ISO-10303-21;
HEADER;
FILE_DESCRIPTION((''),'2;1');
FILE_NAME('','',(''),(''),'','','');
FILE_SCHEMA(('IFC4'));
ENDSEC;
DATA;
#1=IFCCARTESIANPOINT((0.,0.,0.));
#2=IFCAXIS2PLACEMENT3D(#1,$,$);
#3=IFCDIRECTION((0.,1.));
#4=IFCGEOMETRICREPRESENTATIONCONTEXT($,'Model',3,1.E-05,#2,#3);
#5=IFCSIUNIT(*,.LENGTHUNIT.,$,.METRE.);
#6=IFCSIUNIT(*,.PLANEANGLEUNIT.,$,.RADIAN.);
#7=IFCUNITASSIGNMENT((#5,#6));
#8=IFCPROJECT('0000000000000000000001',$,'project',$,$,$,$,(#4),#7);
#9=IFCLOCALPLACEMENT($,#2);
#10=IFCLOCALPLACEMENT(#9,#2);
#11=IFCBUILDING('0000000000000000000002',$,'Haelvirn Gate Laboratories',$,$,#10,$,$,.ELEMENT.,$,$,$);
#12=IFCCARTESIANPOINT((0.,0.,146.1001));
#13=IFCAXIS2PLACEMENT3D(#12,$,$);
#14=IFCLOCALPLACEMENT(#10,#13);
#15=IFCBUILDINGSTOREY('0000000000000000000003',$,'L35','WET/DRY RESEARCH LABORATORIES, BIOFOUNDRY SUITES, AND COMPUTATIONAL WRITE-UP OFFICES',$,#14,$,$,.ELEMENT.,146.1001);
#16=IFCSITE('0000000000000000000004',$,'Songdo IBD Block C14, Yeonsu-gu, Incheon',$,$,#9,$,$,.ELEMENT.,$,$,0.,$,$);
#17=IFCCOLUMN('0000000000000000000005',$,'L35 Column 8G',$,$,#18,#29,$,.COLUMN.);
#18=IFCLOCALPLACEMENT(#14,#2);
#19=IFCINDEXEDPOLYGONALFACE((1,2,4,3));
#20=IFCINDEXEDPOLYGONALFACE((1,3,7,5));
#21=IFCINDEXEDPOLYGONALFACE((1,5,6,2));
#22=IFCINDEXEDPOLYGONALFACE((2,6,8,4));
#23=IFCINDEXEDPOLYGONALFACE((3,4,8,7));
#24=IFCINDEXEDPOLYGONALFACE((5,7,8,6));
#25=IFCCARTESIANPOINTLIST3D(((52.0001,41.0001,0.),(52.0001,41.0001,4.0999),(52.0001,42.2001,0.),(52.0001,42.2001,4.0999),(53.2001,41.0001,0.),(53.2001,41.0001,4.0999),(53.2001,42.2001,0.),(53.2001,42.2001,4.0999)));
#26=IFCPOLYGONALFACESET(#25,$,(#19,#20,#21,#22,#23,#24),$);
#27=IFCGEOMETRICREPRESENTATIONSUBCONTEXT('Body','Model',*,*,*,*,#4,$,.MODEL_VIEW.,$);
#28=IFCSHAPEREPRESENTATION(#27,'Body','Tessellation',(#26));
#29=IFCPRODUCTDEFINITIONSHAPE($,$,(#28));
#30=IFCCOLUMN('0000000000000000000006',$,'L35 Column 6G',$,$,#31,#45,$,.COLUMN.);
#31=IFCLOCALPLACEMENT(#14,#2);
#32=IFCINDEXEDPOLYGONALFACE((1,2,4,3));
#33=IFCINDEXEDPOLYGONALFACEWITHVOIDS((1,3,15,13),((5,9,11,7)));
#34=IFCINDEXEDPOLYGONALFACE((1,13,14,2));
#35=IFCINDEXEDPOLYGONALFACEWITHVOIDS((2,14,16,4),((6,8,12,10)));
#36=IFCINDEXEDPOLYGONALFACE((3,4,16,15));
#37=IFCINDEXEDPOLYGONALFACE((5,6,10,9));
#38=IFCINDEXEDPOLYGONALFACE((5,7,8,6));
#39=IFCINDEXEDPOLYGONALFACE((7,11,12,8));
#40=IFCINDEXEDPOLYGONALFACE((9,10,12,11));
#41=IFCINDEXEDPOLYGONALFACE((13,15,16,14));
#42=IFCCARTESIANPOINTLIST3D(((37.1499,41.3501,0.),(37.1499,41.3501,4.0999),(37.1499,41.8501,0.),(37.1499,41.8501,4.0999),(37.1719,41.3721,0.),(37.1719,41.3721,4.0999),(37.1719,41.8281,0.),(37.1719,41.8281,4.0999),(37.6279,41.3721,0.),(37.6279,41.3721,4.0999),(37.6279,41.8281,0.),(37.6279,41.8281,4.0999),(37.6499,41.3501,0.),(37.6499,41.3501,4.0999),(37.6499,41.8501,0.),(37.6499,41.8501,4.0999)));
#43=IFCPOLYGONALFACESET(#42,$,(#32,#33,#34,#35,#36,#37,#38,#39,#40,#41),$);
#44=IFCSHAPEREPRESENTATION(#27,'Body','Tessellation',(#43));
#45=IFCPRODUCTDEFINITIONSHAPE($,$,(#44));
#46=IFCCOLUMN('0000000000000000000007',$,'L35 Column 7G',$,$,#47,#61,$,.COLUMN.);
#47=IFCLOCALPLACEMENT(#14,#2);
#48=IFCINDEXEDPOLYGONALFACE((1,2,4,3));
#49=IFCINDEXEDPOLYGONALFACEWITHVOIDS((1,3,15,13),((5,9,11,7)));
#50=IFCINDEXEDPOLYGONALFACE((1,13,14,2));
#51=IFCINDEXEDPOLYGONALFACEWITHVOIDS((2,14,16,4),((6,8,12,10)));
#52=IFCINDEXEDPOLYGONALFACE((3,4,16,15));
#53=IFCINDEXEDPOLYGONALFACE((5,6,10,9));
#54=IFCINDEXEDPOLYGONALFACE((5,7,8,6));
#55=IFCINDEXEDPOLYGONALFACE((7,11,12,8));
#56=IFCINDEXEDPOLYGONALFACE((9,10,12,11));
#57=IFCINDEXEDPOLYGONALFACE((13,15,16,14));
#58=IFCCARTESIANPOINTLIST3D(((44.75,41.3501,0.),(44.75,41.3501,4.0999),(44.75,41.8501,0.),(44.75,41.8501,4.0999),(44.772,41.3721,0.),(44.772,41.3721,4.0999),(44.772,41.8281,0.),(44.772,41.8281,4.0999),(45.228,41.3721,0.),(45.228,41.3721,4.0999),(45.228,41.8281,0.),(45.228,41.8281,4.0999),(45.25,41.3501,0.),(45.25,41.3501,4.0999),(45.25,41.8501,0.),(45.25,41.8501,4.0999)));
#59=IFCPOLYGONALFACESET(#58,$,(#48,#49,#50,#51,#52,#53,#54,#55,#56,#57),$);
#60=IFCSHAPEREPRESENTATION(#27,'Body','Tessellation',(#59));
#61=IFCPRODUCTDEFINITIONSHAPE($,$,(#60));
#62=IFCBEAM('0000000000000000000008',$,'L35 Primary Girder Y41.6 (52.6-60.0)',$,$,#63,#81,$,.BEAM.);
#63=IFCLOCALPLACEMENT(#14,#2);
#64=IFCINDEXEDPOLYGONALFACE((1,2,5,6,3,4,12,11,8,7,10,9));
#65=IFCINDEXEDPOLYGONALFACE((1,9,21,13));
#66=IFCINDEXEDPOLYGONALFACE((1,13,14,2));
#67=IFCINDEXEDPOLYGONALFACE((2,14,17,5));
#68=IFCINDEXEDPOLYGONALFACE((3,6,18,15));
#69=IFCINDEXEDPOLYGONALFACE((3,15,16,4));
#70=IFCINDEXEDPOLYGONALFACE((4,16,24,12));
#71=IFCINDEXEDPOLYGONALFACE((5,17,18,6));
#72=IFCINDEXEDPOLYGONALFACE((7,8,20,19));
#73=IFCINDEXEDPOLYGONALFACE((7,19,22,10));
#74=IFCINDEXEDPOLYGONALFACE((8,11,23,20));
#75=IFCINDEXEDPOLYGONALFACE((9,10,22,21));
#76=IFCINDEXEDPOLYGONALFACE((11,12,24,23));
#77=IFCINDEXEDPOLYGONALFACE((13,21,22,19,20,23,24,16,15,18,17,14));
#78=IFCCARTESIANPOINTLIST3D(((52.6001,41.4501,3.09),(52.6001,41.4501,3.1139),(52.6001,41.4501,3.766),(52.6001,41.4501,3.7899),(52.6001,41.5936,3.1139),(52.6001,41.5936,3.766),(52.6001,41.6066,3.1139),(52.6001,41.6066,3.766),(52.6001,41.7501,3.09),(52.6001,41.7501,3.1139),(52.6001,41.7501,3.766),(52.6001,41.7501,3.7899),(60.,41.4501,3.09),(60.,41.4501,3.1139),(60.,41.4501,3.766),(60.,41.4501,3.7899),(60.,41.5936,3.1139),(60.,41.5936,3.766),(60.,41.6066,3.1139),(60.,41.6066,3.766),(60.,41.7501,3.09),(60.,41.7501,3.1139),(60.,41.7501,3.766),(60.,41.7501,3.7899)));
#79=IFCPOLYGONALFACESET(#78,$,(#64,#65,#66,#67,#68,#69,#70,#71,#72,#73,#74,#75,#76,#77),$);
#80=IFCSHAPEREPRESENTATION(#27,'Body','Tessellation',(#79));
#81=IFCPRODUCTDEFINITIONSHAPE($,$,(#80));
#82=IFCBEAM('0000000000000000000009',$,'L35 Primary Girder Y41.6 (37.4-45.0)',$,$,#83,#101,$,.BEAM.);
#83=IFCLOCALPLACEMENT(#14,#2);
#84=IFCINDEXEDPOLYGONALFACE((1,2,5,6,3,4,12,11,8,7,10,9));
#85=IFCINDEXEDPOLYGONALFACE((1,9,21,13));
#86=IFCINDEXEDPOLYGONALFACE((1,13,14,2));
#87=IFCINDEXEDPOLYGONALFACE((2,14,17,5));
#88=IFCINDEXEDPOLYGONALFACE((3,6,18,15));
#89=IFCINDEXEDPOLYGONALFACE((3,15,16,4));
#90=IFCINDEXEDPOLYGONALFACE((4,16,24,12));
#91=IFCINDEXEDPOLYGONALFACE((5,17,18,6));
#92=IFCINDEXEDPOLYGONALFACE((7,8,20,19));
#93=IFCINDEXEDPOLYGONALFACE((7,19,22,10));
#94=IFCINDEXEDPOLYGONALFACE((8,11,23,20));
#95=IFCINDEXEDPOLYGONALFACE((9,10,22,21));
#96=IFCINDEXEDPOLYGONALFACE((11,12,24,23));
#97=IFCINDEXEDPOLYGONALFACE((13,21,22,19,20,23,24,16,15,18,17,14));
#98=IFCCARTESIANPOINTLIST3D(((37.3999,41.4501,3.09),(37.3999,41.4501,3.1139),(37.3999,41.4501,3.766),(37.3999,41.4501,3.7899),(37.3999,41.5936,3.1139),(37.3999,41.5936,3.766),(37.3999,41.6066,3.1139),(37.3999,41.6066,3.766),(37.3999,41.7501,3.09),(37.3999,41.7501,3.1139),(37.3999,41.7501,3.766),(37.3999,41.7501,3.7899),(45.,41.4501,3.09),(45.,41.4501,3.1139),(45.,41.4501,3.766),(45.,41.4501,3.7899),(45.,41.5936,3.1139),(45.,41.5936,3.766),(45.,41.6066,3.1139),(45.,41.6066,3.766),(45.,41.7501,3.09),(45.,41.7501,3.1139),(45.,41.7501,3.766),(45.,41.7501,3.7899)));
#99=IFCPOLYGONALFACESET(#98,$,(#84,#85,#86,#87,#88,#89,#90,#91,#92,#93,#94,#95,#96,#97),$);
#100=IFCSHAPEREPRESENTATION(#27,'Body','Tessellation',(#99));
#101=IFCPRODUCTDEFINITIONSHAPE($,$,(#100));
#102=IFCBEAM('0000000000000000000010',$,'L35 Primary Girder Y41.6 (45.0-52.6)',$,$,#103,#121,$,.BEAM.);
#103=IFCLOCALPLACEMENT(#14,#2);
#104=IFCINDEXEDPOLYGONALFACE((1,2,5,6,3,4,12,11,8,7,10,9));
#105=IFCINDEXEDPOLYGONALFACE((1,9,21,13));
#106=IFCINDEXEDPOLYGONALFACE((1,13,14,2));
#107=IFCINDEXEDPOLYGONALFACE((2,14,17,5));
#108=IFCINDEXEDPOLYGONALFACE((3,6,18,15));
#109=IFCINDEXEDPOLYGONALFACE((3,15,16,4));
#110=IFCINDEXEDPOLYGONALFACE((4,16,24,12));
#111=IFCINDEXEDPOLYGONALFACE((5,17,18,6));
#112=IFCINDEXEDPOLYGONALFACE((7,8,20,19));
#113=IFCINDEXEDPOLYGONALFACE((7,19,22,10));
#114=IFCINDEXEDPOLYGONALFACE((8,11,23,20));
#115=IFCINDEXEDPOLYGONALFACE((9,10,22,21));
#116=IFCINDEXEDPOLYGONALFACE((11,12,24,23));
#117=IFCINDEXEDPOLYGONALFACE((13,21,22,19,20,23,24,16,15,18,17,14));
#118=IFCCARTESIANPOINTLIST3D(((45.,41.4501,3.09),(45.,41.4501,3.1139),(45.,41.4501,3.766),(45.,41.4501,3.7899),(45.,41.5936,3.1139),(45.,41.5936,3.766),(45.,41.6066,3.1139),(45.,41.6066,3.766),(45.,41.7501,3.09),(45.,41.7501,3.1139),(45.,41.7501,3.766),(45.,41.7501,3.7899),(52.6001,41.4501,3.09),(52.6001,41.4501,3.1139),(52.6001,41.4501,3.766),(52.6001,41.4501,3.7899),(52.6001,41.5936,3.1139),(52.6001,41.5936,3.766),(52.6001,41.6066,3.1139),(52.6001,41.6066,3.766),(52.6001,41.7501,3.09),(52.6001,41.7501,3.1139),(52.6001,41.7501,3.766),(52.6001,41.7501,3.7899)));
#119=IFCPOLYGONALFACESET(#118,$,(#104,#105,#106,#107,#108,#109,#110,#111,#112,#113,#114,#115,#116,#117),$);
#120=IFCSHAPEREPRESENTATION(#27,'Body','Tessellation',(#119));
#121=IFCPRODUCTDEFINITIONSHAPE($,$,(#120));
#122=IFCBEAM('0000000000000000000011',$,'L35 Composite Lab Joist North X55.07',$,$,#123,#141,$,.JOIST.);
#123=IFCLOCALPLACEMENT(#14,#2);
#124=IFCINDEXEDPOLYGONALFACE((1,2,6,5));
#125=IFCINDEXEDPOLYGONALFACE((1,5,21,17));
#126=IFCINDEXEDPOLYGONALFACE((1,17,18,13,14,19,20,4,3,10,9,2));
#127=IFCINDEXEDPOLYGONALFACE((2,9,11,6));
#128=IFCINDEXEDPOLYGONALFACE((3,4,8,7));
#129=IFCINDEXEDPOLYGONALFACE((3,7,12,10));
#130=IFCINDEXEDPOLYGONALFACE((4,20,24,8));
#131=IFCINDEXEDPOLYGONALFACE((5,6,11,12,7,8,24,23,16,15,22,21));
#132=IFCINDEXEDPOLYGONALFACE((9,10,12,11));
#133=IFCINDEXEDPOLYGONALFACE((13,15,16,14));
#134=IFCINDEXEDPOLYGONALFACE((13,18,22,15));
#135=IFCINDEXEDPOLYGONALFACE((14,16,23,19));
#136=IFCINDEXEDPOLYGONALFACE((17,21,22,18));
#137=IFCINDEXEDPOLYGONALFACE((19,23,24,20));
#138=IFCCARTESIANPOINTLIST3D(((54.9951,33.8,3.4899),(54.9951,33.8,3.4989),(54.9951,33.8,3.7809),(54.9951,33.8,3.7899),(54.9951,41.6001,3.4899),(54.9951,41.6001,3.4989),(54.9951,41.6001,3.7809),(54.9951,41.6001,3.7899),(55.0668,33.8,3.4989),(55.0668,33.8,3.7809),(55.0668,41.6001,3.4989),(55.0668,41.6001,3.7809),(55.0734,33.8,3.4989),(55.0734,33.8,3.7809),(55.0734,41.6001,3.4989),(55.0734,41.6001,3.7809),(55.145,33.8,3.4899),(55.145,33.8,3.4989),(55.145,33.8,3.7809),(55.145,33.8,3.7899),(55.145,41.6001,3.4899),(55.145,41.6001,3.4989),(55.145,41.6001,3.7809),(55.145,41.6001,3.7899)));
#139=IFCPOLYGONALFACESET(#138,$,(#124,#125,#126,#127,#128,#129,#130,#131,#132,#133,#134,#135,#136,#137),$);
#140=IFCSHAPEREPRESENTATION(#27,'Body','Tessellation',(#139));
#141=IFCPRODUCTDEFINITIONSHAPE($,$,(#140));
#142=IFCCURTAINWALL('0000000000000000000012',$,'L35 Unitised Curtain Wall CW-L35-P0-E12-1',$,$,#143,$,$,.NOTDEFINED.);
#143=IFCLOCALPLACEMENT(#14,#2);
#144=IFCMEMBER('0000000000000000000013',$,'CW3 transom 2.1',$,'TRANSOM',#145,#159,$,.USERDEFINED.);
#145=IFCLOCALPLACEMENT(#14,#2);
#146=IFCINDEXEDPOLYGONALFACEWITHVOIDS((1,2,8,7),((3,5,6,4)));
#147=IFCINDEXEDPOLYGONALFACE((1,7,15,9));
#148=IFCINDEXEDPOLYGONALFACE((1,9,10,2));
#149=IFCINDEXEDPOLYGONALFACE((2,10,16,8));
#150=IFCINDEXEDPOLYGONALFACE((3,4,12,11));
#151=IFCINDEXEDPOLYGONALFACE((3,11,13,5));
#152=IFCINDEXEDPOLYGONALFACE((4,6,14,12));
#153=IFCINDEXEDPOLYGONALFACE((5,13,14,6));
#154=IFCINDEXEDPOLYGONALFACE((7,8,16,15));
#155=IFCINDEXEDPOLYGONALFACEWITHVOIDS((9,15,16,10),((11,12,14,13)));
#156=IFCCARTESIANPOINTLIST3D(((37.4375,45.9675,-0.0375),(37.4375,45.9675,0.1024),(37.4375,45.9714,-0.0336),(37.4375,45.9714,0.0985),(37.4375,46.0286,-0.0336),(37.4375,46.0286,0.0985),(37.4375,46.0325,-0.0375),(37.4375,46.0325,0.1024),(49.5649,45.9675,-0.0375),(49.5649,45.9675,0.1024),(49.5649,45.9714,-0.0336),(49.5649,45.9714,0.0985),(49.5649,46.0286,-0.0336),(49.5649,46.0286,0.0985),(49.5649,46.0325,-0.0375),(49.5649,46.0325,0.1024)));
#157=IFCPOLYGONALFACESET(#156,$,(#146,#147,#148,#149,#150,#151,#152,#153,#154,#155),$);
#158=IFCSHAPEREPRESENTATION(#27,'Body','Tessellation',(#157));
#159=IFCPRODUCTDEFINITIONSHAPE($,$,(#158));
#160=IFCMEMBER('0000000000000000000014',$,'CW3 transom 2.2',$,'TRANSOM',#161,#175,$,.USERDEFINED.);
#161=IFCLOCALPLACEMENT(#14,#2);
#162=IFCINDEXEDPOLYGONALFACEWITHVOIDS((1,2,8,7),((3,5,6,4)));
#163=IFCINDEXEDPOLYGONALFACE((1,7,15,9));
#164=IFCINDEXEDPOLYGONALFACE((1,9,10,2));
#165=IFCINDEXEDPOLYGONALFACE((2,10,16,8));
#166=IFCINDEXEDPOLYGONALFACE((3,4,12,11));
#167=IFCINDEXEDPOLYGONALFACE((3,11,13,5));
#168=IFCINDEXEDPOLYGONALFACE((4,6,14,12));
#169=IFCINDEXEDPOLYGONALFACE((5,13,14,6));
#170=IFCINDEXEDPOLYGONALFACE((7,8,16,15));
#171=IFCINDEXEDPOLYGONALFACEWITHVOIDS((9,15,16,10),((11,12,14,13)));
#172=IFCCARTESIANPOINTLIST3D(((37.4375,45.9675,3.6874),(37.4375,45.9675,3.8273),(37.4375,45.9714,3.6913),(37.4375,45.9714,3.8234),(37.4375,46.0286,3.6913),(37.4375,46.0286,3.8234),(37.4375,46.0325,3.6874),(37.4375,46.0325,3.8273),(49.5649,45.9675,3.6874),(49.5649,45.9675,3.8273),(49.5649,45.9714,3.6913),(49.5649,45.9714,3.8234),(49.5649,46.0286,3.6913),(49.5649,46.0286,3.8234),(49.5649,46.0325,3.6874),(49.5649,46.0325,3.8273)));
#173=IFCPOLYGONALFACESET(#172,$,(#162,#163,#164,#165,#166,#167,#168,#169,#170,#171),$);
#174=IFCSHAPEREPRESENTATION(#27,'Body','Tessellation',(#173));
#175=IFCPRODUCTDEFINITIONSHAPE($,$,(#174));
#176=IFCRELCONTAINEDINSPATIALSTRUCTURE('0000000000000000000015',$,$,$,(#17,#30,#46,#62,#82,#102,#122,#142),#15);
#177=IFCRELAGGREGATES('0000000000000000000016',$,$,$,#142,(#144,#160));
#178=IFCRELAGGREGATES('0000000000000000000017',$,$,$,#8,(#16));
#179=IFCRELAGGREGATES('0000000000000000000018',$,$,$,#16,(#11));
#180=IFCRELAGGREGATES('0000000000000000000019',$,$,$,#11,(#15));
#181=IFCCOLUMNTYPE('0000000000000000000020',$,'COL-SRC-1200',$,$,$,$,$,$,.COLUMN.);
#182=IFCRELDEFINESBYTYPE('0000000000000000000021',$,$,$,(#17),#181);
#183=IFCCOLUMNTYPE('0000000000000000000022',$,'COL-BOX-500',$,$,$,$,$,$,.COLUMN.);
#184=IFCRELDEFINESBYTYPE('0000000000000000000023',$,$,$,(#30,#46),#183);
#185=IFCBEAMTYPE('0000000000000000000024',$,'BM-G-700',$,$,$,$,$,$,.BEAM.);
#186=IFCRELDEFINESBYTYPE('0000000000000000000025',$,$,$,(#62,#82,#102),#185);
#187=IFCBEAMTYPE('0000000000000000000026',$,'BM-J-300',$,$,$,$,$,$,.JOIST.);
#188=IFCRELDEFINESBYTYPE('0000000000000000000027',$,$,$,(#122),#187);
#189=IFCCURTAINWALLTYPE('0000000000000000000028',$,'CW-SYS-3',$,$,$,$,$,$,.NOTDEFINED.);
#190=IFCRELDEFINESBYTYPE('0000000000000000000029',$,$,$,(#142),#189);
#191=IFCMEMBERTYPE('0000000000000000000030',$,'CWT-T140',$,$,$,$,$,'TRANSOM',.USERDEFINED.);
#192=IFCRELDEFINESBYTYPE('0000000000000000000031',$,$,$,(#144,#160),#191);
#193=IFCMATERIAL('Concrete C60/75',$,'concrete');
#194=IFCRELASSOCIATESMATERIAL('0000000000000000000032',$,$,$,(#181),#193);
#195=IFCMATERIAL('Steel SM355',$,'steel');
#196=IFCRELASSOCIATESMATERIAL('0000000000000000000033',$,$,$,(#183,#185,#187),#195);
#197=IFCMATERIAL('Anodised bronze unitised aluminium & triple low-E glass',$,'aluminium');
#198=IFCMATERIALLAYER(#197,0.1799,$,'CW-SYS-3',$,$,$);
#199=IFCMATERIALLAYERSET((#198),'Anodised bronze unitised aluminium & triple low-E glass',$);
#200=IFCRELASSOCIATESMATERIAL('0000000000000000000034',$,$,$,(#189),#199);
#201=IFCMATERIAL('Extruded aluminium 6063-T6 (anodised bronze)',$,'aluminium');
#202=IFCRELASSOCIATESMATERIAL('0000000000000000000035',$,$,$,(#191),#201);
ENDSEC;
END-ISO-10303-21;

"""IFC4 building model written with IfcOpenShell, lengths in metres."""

from ifc_helpers import new_model, si_unit, direction, frame, origin, origin_2d, place, context, subcontext, project, spatial, rectangle, hollow_rectangle, i_section, extrude, source, transform, mapped, material, layer, layer_set, material_profile, profile_set, type_object, type_shapes, element, aggregate, save


model = new_model("IFC4")

# Units and contexts
model_context = context("Model", 3, precision=1e-05, world=origin(), true_north=direction((0.0, 1.0)))
body_context = subcontext(model_context, "Body", "Model", "MODEL_VIEW")
ifc_project = project(units=[si_unit("LENGTHUNIT", "METRE"), si_unit("PLANEANGLEUNIT", "RADIAN")], contexts=[model_context])

# Site, building, storey
site_placement = place(None, origin())
site = spatial("IfcSite", under=ifc_project, at=site_placement, Name="Songdo IBD Block C14, Yeonsu-gu, Incheon", CompositionType="ELEMENT", RefElevation=0.0)
building_placement = place(site_placement, origin())
building = spatial("IfcBuilding", under=site, at=building_placement, Name="Haelvirn Gate Laboratories", CompositionType="ELEMENT")
storey_placement = place(building_placement, frame((0.0, 0.0, 146.1001)))
storey = spatial("IfcBuildingStorey", under=building, at=storey_placement, Name="L35", Description="WET/DRY RESEARCH LABORATORIES, BIOFOUNDRY SUITES, AND COMPUTATIONAL WRITE-UP OFFICES", CompositionType="ELEMENT", Elevation=146.1001)

# Columns
ifc_material_1 = material(Name="Concrete C60/75", Category="concrete")
ifc_material_profile_1 = material_profile(ifc_material_1, rectangle(XDim=1.2, YDim=1.2, at=origin_2d()), Name="SRC-1200x1200")
ifc_profile_set_1 = profile_set([ifc_material_profile_1], Name="Concrete C60/75")
column_type_1 = type_object("IfcColumnType", Name="COL-SRC-1200", PredefinedType="COLUMN", material=ifc_profile_set_1)
shared_shape_1 = source(origin(), body_context, "Body", "SweptSolid", [
    extrude(rectangle(XDim=1.2, YDim=1.2, at=origin_2d()), origin(), (0.0, 0.0, 1.0), 4.0999),
])
type_shapes(column_type_1, [shared_shape_1])
column_placement = place(storey_placement, frame((52.6001, 41.6001, 0.0), z_axis=(0.0, 0.0, 1.0), x_axis=(1.0, 0.0, 0.0)))
element("IfcColumn", 1, at=column_placement, inside=storey, type_object=column_type_1, Name="L35 Column 8G", PredefinedType="COLUMN", context=body_context, shape_type="MappedRepresentation", body=[
    mapped(shared_shape_1, transform((0.0, 0.0, 0.0), scale=1.0)),
])
ifc_material_2 = material(Name="Steel SM355", Category="steel")
ifc_material_profile_2 = material_profile(ifc_material_2, hollow_rectangle(XDim=0.5, YDim=0.5, WallThickness=0.022, at=origin_2d()), Name="BOX-500x500x22")
ifc_profile_set_2 = profile_set([ifc_material_profile_2], Name="Steel SM355")
column_type_2 = type_object("IfcColumnType", Name="COL-BOX-500", PredefinedType="COLUMN", material=ifc_profile_set_2)
shared_shape_2 = source(origin(), body_context, "Body", "SweptSolid", [
    extrude(hollow_rectangle(XDim=0.5, YDim=0.5, WallThickness=0.022, at=origin_2d()), origin(), (0.0, 0.0, 1.0), 4.0999),
])
type_shapes(column_type_2, [shared_shape_2])
for number, where, z_axis, x_axis, name in (
    (2, (37.3999, 41.6001, 0.0), (0.0, 0.0, 1.0), (1.0, 0.0, 0.0), "L35 Column 6G"),
    (3, (45.0, 41.6001, 0.0), (0.0, 0.0, 1.0), (1.0, 0.0, 0.0), "L35 Column 7G"),
):
    element("IfcColumn", number, at=place(storey_placement, frame(where, z_axis=z_axis, x_axis=x_axis)), inside=storey, type_object=column_type_2, Name=name, PredefinedType="COLUMN", context=body_context, shape_type="MappedRepresentation", body=[
        mapped(shared_shape_2, transform((0.0, 0.0, 0.0), scale=1.0)),
    ])

# Beams
ifc_material_profile_3 = material_profile(ifc_material_2, i_section(OverallWidth=0.3, OverallDepth=0.7, WebThickness=0.0129, FlangeThickness=0.0239, at=origin_2d()), Name="H-700x300x13x24")
ifc_profile_set_3 = profile_set([ifc_material_profile_3], Name="Steel SM355")
beam_type_1 = type_object("IfcBeamType", Name="BM-G-700", PredefinedType="BEAM", material=ifc_profile_set_3)
shared_shape_3 = source(origin(), body_context, "Body", "SweptSolid", [
    extrude(i_section(OverallWidth=0.3, OverallDepth=0.7, WebThickness=0.0129, FlangeThickness=0.0239, at=origin_2d()), origin(), (0.0, 0.0, 1.0), 7.3999),
])
beam_1_placement = place(storey_placement, frame((52.6001, 41.6001, 3.4399), z_axis=(1.0, 0.0, 0.0), x_axis=(0.0, 1.0, 0.0)))
element("IfcBeam", 4, at=beam_1_placement, inside=storey, type_object=beam_type_1, Name="L35 Primary Girder Y41.6 (52.6-60.0)", PredefinedType="BEAM", context=body_context, shape_type="MappedRepresentation", body=[
    mapped(shared_shape_3, transform((0.0, 0.0, 0.0), scale=1.0)),
])
shared_shape_4 = source(origin(), body_context, "Body", "SweptSolid", [
    extrude(i_section(OverallWidth=0.3, OverallDepth=0.7, WebThickness=0.0129, FlangeThickness=0.0239, at=origin_2d()), origin(), (0.0, 0.0, 1.0), 7.6001),
])
type_shapes(beam_type_1, [shared_shape_3, shared_shape_4])
for number, where, z_axis, x_axis, name in (
    (5, (37.3999, 41.6001, 3.4399), (1.0, 0.0, 0.0), (0.0, 1.0, 0.0), "L35 Primary Girder Y41.6 (37.4-45.0)"),
    (6, (45.0, 41.6001, 3.4399), (1.0, 0.0, 0.0), (0.0, 1.0, 0.0), "L35 Primary Girder Y41.6 (45.0-52.6)"),
):
    element("IfcBeam", number, at=place(storey_placement, frame(where, z_axis=z_axis, x_axis=x_axis)), inside=storey, type_object=beam_type_1, Name=name, PredefinedType="BEAM", context=body_context, shape_type="MappedRepresentation", body=[
        mapped(shared_shape_4, transform((0.0, 0.0, 0.0), scale=1.0)),
    ])
ifc_material_profile_4 = material_profile(ifc_material_2, i_section(OverallWidth=0.1499, OverallDepth=0.3, WebThickness=0.0066, FlangeThickness=0.009, at=origin_2d()), Name="H-300x150x6.5x9")
ifc_profile_set_4 = profile_set([ifc_material_profile_4], Name="Steel SM355")
beam_type_2 = type_object("IfcBeamType", Name="BM-J-300", PredefinedType="JOIST", material=ifc_profile_set_4)
shared_shape_5 = source(origin(), body_context, "Body", "SweptSolid", [
    extrude(i_section(OverallWidth=0.1499, OverallDepth=0.3, WebThickness=0.0066, FlangeThickness=0.009, at=origin_2d()), origin(), (0.0, 0.0, 1.0), 7.8),
])
type_shapes(beam_type_2, [shared_shape_5])
beam_2_placement = place(storey_placement, frame((55.0701, 33.8, 3.6399), z_axis=(0.0, 1.0, 0.0), x_axis=(-1.0, 0.0, 0.0)))
element("IfcBeam", 7, at=beam_2_placement, inside=storey, type_object=beam_type_2, Name="L35 Composite Lab Joist North X55.07", PredefinedType="JOIST", context=body_context, shape_type="MappedRepresentation", body=[
    mapped(shared_shape_5, transform((0.0, 0.0, 0.0), scale=1.0)),
])

# Curtain wall, members
ifc_material_3 = material(Name="Anodised bronze unitised aluminium & triple low-E glass", Category="aluminium")
ifc_layer_1 = layer(ifc_material_3, 0.1799, Name="CW-SYS-3")
ifc_layer_set_1 = layer_set([ifc_layer_1], Name="Anodised bronze unitised aluminium & triple low-E glass")
curtain_wall_type = type_object("IfcCurtainWallType", Name="CW-SYS-3", PredefinedType="NOTDEFINED", material=ifc_layer_set_1)
curtain_wall_1_placement = place(storey_placement, origin())
curtain_wall_1 = element("IfcCurtainWall", 8, at=curtain_wall_1_placement, inside=storey, type_object=curtain_wall_type, Name="L35 Unitised Curtain Wall CW-L35-P0-E12-1", PredefinedType="NOTDEFINED")
ifc_material_4 = material(Name="Extruded aluminium 6063-T6 (anodised bronze)", Category="aluminium")
ifc_material_profile_5 = material_profile(ifc_material_4, hollow_rectangle(XDim=0.0649, YDim=0.1399, WallThickness=0.0039, at=origin_2d()), Name="CWT-140x65x4")
ifc_profile_set_5 = profile_set([ifc_material_profile_5], Name="Extruded aluminium 6063-T6 (anodised bronze)")
member_type_1 = type_object("IfcMemberType", Name="CWT-T140", ElementType="TRANSOM", PredefinedType="USERDEFINED", material=ifc_profile_set_5)
shared_shape_6 = source(origin(), body_context, "Body", "SweptSolid", [
    extrude(hollow_rectangle(XDim=0.0649, YDim=0.1399, WallThickness=0.0039, at=origin_2d()), origin(), (0.0, 0.0, 1.0), 12.1274),
])
member_1_placement = place(storey_placement, frame((37.4375, 46.0, 0.0325), z_axis=(1.0, 0.0, 0.0), x_axis=(0.0, 1.0, 0.0)))
member_1 = element("IfcMember", 9, at=member_1_placement, type_object=member_type_1, Name="CW3 transom 2.1", ObjectType="TRANSOM", PredefinedType="USERDEFINED", context=body_context, shape_type="MappedRepresentation", body=[
    mapped(shared_shape_6, transform((0.0, 0.0, 0.0), scale=1.0)),
])
member_2_placement = place(storey_placement, frame((37.4375, 46.0, 3.7573), z_axis=(1.0, 0.0, 0.0), x_axis=(0.0, 1.0, 0.0)))
member_2 = element("IfcMember", 10, at=member_2_placement, type_object=member_type_1, Name="CW3 transom 2.2", ObjectType="TRANSOM", PredefinedType="USERDEFINED", context=body_context, shape_type="MappedRepresentation", body=[
    mapped(shared_shape_6, transform((0.0, 0.0, 0.0), scale=1.0)),
])

aggregate(curtain_wall_1, [member_1, member_2])

save(model, "model.ifc")
